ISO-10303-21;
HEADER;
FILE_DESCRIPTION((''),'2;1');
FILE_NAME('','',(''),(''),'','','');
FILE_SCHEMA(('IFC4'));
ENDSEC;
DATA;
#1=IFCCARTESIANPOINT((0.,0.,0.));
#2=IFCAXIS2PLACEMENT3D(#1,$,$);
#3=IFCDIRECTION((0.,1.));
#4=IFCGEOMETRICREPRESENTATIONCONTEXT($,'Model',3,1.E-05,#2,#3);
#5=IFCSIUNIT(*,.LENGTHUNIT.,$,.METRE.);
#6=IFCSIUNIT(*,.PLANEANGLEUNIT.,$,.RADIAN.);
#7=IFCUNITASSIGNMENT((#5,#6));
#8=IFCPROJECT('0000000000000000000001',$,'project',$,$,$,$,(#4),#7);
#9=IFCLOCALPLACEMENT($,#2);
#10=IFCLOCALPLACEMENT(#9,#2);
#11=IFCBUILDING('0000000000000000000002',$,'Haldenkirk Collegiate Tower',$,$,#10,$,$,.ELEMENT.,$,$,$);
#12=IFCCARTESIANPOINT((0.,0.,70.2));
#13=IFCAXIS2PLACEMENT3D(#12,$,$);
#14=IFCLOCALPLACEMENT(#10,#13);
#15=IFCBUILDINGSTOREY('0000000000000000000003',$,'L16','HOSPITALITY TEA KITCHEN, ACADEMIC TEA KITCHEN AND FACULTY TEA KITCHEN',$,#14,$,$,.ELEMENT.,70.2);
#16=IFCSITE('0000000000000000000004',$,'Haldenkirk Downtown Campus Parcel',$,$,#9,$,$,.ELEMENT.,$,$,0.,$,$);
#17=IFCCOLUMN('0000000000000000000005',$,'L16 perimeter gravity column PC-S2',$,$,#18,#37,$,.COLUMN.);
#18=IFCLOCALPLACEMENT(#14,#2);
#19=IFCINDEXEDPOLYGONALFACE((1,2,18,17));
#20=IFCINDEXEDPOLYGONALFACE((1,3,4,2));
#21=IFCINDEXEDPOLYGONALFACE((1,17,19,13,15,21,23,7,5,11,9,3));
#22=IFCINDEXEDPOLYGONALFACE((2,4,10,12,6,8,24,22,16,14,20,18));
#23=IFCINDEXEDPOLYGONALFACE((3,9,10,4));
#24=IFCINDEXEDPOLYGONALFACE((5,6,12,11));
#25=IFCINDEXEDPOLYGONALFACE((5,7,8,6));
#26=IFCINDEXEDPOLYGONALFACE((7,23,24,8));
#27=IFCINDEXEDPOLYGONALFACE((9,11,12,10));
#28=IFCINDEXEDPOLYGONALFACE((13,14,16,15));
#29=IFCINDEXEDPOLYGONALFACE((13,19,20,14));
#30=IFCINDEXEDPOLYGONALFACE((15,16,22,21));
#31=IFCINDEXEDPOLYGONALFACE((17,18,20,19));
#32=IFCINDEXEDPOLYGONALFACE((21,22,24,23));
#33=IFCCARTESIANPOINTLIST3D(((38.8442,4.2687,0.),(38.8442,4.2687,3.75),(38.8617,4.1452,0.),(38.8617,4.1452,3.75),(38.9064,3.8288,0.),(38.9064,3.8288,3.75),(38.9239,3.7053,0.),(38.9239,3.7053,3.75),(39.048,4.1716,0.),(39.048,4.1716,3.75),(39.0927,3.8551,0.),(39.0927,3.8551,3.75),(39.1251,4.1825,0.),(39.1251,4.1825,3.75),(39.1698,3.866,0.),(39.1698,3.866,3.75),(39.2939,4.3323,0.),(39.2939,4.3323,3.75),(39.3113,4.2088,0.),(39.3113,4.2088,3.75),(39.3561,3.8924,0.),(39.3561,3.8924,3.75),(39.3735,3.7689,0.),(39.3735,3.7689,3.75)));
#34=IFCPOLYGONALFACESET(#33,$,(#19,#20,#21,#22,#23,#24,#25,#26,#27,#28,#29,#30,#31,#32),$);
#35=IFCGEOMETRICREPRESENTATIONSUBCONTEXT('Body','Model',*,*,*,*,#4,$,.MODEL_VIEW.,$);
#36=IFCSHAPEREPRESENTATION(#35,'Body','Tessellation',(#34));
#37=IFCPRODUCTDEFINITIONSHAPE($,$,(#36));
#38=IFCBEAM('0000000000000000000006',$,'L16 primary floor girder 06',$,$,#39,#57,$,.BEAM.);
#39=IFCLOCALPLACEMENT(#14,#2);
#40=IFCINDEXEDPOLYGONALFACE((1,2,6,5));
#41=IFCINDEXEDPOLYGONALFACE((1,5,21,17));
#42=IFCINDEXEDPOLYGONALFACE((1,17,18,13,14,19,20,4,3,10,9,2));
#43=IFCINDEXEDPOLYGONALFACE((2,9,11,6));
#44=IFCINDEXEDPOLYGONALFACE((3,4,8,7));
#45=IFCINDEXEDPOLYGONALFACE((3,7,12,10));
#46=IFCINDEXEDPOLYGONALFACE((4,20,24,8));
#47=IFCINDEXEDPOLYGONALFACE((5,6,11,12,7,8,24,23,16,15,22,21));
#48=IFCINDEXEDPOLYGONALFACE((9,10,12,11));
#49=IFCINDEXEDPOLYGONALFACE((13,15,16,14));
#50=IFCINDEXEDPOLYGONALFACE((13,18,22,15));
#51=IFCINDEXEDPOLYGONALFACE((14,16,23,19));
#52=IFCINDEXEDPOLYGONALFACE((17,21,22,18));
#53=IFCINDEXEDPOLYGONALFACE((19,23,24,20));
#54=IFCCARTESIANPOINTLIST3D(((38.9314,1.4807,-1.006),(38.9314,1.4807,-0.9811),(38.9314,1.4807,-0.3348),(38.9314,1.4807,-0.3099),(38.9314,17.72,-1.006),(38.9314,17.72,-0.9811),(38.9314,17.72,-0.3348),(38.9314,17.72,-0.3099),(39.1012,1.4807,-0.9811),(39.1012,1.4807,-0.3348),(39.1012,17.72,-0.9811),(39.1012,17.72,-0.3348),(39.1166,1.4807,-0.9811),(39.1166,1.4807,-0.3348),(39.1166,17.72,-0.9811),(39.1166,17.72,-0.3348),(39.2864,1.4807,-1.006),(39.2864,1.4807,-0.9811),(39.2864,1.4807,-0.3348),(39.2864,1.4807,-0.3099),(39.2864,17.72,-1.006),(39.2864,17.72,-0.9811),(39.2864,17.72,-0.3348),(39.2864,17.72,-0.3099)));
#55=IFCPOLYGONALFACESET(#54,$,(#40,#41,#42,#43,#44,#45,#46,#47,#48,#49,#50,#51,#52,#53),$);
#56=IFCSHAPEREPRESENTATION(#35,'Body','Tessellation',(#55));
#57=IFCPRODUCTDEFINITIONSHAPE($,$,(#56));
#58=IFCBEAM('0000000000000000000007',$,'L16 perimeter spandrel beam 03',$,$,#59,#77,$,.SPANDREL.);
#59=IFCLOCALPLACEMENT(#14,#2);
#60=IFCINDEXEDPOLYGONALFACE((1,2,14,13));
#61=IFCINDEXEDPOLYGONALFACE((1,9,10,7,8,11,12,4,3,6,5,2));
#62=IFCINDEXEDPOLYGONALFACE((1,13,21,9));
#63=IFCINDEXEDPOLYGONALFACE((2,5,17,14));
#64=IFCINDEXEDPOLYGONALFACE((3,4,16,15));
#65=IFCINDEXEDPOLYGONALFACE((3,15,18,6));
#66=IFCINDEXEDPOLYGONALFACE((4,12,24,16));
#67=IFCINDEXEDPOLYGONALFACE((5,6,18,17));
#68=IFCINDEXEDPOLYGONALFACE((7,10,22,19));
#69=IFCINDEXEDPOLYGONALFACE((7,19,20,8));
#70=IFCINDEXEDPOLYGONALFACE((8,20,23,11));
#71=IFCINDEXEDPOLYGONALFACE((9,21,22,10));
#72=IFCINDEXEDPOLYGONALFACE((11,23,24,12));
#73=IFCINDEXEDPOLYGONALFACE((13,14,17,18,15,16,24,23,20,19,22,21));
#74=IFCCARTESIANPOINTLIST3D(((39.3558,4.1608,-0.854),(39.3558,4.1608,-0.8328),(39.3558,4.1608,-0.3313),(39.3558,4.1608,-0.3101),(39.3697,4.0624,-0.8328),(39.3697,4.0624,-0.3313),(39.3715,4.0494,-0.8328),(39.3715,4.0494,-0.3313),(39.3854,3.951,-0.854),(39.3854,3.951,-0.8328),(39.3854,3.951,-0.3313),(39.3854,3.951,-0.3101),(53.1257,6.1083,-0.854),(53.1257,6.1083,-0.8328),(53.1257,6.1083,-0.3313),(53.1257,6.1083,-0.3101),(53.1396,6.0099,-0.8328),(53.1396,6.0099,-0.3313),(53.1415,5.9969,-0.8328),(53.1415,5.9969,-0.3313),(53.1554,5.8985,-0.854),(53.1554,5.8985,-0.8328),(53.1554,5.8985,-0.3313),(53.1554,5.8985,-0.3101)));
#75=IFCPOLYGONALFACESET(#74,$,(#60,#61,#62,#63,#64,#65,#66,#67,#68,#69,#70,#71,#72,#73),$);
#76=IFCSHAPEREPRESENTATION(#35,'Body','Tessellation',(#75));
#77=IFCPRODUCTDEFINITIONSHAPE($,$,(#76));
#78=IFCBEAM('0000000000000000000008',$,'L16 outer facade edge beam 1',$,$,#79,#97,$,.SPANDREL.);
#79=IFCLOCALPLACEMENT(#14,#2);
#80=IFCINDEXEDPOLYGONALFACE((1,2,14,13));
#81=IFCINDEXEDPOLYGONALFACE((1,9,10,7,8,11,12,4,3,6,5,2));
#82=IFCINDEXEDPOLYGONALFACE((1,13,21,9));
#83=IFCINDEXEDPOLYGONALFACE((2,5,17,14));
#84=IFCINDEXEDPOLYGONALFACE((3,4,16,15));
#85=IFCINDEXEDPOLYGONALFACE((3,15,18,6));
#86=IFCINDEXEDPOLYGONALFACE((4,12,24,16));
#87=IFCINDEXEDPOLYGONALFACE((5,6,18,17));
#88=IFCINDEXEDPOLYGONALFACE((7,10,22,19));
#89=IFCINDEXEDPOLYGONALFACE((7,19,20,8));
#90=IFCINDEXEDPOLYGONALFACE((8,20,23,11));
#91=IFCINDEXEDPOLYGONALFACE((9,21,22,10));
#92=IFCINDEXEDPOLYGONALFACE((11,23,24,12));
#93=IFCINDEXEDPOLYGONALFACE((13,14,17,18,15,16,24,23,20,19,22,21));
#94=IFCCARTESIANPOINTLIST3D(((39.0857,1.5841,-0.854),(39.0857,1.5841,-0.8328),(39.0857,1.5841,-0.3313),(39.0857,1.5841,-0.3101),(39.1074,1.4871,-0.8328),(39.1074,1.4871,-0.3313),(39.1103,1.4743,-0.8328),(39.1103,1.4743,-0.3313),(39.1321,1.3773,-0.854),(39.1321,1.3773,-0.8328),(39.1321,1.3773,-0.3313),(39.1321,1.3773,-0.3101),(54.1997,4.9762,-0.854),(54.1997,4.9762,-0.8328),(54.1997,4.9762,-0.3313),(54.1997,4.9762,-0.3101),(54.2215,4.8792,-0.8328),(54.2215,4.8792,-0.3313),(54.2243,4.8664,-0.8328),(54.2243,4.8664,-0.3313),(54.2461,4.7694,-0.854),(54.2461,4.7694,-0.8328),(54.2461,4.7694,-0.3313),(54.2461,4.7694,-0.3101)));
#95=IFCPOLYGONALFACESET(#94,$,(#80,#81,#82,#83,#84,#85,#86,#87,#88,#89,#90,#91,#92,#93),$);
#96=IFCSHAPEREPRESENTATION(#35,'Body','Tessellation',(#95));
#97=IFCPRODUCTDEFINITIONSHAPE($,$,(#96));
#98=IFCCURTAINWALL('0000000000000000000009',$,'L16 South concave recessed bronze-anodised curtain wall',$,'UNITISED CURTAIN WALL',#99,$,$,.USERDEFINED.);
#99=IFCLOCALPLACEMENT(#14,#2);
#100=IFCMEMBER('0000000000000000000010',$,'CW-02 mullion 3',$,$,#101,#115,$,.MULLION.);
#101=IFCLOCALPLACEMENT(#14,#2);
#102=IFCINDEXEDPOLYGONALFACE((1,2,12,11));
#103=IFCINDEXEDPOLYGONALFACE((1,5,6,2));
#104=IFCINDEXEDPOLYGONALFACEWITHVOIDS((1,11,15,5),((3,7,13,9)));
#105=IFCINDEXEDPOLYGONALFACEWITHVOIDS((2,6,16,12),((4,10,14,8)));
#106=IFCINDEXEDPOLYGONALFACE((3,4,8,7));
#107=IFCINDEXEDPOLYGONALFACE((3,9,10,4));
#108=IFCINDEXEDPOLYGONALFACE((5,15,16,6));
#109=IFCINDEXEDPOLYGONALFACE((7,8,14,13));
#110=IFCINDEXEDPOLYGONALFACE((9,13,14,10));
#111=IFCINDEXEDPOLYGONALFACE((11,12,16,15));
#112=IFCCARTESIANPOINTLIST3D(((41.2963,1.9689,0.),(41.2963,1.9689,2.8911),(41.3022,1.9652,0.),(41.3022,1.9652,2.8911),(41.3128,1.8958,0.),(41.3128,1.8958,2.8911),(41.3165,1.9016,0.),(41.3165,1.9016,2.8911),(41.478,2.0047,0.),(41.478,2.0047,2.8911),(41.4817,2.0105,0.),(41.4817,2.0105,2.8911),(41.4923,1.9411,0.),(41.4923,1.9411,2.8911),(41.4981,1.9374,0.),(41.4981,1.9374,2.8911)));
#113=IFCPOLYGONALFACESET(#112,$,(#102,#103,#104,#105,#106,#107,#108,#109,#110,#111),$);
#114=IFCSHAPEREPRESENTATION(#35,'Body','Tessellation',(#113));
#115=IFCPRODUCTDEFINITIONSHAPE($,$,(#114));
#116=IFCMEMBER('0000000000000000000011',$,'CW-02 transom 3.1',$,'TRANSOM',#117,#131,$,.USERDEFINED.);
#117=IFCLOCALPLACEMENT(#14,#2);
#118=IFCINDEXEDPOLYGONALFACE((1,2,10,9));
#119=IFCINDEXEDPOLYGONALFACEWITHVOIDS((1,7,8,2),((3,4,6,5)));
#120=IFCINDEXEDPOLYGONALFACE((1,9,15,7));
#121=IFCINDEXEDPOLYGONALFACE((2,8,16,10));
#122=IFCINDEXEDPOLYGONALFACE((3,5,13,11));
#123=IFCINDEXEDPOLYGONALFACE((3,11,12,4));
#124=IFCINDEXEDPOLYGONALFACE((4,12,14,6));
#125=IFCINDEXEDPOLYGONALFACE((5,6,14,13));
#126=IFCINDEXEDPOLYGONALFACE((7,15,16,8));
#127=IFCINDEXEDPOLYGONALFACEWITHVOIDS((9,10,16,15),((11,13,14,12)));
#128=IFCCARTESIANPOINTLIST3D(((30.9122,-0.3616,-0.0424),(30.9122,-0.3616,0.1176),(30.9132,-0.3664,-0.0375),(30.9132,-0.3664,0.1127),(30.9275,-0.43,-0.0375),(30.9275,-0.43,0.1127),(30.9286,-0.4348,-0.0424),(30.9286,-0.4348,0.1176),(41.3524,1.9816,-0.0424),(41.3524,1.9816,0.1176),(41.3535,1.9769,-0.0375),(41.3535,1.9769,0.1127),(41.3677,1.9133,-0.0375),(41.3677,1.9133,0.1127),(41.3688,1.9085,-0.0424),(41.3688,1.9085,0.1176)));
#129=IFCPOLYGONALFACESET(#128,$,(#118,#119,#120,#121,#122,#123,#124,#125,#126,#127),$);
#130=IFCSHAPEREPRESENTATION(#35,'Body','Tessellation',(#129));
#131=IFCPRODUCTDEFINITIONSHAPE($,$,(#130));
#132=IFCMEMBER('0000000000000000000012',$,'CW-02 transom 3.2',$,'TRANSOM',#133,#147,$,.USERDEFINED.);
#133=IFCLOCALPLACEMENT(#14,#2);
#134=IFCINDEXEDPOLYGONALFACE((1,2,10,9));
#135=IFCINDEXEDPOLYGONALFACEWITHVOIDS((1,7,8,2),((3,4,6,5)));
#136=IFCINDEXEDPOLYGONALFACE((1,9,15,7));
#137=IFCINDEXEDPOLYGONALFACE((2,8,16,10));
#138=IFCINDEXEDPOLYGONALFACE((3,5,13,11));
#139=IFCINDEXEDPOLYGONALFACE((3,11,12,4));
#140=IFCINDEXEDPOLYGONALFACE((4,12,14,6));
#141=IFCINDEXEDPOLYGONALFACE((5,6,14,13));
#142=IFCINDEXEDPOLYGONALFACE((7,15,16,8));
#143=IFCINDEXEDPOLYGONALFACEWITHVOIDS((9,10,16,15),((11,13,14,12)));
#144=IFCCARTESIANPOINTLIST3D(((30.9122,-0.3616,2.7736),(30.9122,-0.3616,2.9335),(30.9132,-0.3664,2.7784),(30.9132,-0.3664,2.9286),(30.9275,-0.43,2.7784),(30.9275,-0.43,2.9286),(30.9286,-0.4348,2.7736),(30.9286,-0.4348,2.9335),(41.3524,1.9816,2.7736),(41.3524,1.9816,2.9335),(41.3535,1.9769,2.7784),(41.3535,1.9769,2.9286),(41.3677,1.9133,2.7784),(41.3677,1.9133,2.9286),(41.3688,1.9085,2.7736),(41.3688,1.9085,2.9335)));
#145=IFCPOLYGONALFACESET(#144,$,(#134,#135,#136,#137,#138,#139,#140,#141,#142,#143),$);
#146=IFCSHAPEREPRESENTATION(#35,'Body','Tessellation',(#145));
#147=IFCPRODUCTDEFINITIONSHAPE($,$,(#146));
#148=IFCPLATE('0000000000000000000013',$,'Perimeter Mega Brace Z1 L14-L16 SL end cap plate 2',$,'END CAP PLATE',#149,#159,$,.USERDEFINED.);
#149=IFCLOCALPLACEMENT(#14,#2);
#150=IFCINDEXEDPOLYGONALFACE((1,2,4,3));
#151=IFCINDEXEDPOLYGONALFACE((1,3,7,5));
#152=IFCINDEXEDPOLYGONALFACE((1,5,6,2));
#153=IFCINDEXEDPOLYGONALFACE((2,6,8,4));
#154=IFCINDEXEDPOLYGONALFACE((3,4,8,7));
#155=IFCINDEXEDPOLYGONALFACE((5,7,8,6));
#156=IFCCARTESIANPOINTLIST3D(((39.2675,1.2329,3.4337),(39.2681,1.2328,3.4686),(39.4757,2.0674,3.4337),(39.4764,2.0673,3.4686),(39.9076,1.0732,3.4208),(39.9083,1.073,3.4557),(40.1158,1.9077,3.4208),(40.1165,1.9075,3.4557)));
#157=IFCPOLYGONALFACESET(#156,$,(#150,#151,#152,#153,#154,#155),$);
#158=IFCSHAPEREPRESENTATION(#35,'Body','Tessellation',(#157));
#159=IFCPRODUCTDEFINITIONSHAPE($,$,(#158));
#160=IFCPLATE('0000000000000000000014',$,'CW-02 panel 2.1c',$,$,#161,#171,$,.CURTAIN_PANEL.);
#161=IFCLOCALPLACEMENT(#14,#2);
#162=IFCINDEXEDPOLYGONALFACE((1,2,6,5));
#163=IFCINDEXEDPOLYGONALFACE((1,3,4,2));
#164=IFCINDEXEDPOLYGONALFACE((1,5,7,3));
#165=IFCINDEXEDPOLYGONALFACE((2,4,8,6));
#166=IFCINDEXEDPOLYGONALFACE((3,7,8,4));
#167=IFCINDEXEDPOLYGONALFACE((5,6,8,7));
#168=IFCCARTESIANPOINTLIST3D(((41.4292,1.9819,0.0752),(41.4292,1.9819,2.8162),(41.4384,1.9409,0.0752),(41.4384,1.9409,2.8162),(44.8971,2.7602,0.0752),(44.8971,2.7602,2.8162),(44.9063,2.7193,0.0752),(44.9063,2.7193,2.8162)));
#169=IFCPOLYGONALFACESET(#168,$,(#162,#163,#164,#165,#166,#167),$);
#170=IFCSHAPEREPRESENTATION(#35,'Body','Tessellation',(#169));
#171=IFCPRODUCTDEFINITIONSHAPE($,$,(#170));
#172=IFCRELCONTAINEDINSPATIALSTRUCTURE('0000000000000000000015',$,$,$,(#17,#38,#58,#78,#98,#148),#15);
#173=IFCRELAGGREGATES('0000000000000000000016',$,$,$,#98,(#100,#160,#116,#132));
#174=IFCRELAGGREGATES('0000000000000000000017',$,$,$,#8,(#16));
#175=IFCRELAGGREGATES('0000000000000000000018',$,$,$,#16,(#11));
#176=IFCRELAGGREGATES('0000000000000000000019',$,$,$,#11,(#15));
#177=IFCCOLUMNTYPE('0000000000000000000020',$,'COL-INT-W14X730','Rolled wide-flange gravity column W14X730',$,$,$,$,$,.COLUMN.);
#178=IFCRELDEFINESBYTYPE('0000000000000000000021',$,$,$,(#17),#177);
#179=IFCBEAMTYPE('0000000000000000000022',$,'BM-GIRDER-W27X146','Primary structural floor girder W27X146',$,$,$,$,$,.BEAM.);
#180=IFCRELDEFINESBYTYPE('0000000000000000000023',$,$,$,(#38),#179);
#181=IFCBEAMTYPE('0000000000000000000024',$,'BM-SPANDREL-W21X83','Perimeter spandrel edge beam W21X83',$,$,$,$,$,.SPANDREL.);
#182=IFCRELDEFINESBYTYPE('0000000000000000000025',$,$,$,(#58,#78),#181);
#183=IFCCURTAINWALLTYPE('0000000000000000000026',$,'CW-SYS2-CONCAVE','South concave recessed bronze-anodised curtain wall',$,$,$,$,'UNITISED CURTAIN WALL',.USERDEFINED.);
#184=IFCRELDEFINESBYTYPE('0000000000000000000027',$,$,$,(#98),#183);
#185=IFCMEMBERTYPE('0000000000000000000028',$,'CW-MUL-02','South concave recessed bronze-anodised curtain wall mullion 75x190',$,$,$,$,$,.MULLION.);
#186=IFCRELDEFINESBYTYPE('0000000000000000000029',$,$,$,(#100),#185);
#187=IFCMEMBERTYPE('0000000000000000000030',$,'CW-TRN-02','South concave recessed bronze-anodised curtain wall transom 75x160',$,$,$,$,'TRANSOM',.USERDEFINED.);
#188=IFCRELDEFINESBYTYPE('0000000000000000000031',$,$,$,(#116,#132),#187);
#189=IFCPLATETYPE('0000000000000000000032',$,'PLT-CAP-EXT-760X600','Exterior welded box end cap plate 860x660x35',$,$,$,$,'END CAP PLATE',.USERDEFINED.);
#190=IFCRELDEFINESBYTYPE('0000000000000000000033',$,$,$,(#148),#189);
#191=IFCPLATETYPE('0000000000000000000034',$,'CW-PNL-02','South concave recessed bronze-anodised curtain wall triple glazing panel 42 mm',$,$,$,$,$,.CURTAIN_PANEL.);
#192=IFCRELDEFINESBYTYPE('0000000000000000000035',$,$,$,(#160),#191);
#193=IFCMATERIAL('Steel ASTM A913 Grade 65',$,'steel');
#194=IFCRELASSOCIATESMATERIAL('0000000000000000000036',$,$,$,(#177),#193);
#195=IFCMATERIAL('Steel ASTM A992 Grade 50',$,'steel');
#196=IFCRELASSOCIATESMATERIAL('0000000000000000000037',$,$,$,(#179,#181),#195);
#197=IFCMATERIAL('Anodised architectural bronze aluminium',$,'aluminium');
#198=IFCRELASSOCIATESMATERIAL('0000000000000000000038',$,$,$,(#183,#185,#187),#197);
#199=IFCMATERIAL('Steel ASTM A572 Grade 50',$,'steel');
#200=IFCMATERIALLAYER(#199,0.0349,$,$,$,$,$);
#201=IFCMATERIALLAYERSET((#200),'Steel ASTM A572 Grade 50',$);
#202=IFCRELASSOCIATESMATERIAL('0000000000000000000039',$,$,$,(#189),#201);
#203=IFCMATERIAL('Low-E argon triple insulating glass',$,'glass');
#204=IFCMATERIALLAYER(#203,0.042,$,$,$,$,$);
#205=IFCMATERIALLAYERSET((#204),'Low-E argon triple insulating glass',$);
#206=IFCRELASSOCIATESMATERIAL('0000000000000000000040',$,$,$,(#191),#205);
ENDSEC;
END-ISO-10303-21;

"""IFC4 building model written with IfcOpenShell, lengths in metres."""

from ifc_helpers import new_model, si_unit, direction, frame, origin, origin_2d, place, context, subcontext, project, spatial, rectangle, hollow_rectangle, i_section, extrude, source, transform, mapped, material, layer, layer_set, material_profile, profile_set, type_object, element, aggregate, save


model = new_model("IFC4")

# Units and contexts
model_context = context("Model", 3, precision=1e-05, world=origin(), true_north=direction((0.0, 1.0)))
body_context = subcontext(model_context, "Body", "Model", "MODEL_VIEW")
ifc_project = project(units=[si_unit("LENGTHUNIT", "METRE"), si_unit("PLANEANGLEUNIT", "RADIAN")], contexts=[model_context])

# Site, building, storey
site_placement = place(None, origin())
site = spatial("IfcSite", under=ifc_project, at=site_placement, Name="Haldenkirk Downtown Campus Parcel", CompositionType="ELEMENT", RefElevation=0.0)
building_placement = place(site_placement, origin())
building = spatial("IfcBuilding", under=site, at=building_placement, Name="Haldenkirk Collegiate Tower", CompositionType="ELEMENT")
storey_placement = place(building_placement, frame((0.0, 0.0, 70.2)))
storey = spatial("IfcBuildingStorey", under=building, at=storey_placement, Name="L16", Description="HOSPITALITY TEA KITCHEN, ACADEMIC TEA KITCHEN AND FACULTY TEA KITCHEN", CompositionType="ELEMENT", Elevation=70.2)

# Column
ifc_material_1 = material(Name="Steel ASTM A913 Grade 65", Category="steel")
ifc_material_profile_1 = material_profile(ifc_material_1, i_section(OverallWidth=0.4541, OverallDepth=0.5691, WebThickness=0.0779, FlangeThickness=0.1248, at=origin_2d()), Name="W14X730")
ifc_profile_set_1 = profile_set([ifc_material_profile_1], Name="Steel ASTM A913 Grade 65")
column_type = type_object("IfcColumnType", Name="COL-INT-W14X730", Description="Rolled wide-flange gravity column W14X730", PredefinedType="COLUMN", material=ifc_profile_set_1)
column_placement = place(storey_placement, frame((39.1089, 4.0188, 0.0), z_axis=(0.0, 0.0, 1.0), x_axis=(0.990146, 0.140037, 0.0)))
element("IfcColumn", 1, at=column_placement, inside=storey, type_object=column_type, Name="L16 perimeter gravity column PC-S2", PredefinedType="COLUMN", context=body_context, shape_type="SweptSolid", body=[
    extrude(i_section(OverallWidth=0.4541, OverallDepth=0.5691, WebThickness=0.0779, FlangeThickness=0.1248, at=origin_2d()), origin(), (0.0, 0.0, 1.0), 3.75),
])

# Beams
ifc_material_2 = material(Name="Steel ASTM A992 Grade 50", Category="steel")
ifc_material_profile_2 = material_profile(ifc_material_2, i_section(OverallWidth=0.355, OverallDepth=0.696, WebThickness=0.0154, FlangeThickness=0.0249, at=origin_2d()), Name="W27X146")
ifc_profile_set_2 = profile_set([ifc_material_profile_2], Name="Steel ASTM A992 Grade 50")
beam_type_1 = type_object("IfcBeamType", Name="BM-GIRDER-W27X146", Description="Primary structural floor girder W27X146", PredefinedType="BEAM", material=ifc_profile_set_2)
beam_1_placement = place(storey_placement, frame((39.1089, 1.4807, -0.658), z_axis=(0.0, 1.0, 0.0), x_axis=(-1.0, 0.0, 0.0)))
element("IfcBeam", 2, at=beam_1_placement, inside=storey, type_object=beam_type_1, Name="L16 primary floor girder 06", PredefinedType="BEAM", context=body_context, shape_type="SweptSolid", body=[
    extrude(i_section(OverallWidth=0.355, OverallDepth=0.696, WebThickness=0.0154, FlangeThickness=0.0249, at=origin_2d()), origin(), (0.0, 0.0, 1.0), 16.2393),
])
ifc_material_profile_3 = material_profile(ifc_material_2, i_section(OverallWidth=0.2119, OverallDepth=0.5439, WebThickness=0.0132, FlangeThickness=0.0212, at=origin_2d()), Name="W21X83")
ifc_profile_set_3 = profile_set([ifc_material_profile_3], Name="Steel ASTM A992 Grade 50")
beam_type_2 = type_object("IfcBeamType", Name="BM-SPANDREL-W21X83", Description="Perimeter spandrel edge beam W21X83", PredefinedType="SPANDREL", material=ifc_profile_set_3)
beam_2_placement = place(storey_placement, frame((39.3706, 4.0559, -0.582), z_axis=(0.990146, 0.140038, 0.0), x_axis=(-0.140038, 0.990146, 0.0)))
element("IfcBeam", 3, at=beam_2_placement, inside=storey, type_object=beam_type_2, Name="L16 perimeter spandrel beam 03", PredefinedType="SPANDREL", context=body_context, shape_type="SweptSolid", body=[
    extrude(i_section(OverallWidth=0.2119, OverallDepth=0.5439, WebThickness=0.0132, FlangeThickness=0.0212, at=origin_2d()), origin(), (0.0, 0.0, 1.0), 13.907),
])
beam_3_placement = place(storey_placement, frame((39.1089, 1.4807, -0.582), z_axis=(0.975728, 0.218986, 0.0), x_axis=(-0.218986, 0.975728, 0.0)))
element("IfcBeam", 4, at=beam_3_placement, inside=storey, type_object=beam_type_2, Name="L16 outer facade edge beam 1", PredefinedType="SPANDREL", context=body_context, shape_type="SweptSolid", body=[
    extrude(i_section(OverallWidth=0.2119, OverallDepth=0.5439, WebThickness=0.0132, FlangeThickness=0.0212, at=origin_2d()), origin(), (0.0, 0.0, 1.0), 15.49),
])

# Curtain wall, members
ifc_material_3 = material(Name="Anodised architectural bronze aluminium", Category="aluminium")
curtain_wall_type = type_object("IfcCurtainWallType", Name="CW-SYS2-CONCAVE", Description="South concave recessed bronze-anodised curtain wall", ElementType="UNITISED CURTAIN WALL", PredefinedType="USERDEFINED", material=ifc_material_3)
curtain_wall_placement = place(storey_placement, origin())
curtain_wall = element("IfcCurtainWall", 5, at=curtain_wall_placement, inside=storey, type_object=curtain_wall_type, Name="L16 South concave recessed bronze-anodised curtain wall", ObjectType="UNITISED CURTAIN WALL", PredefinedType="USERDEFINED")
ifc_material_profile_4 = material_profile(ifc_material_3, hollow_rectangle(XDim=0.075, YDim=0.1899, WallThickness=0.0049, at=origin_2d()), Name="CW-MUL-02")
ifc_profile_set_4 = profile_set([ifc_material_profile_4], Name="Anodised architectural bronze aluminium")
member_type_1 = type_object("IfcMemberType", Name="CW-MUL-02", Description="South concave recessed bronze-anodised curtain wall mullion 75x190", PredefinedType="MULLION", material=ifc_profile_set_4)
member_1_placement = place(storey_placement, frame((41.3972, 1.9531, 0.0), z_axis=(0.0, 0.0, 1.0), x_axis=(0.218994, -0.975726, 0.0)))
member_1 = element("IfcMember", 6, at=member_1_placement, type_object=member_type_1, Name="CW-02 mullion 3", PredefinedType="MULLION", context=body_context, shape_type="SweptSolid", body=[
    extrude(hollow_rectangle(XDim=0.075, YDim=0.1899, WallThickness=0.0049, at=origin_2d()), origin(), (0.0, 0.0, 1.0), 2.8911),
])
ifc_material_profile_5 = material_profile(ifc_material_3, hollow_rectangle(XDim=0.075, YDim=0.1599, WallThickness=0.0049, at=origin_2d()), Name="CW-TRN-02")
ifc_profile_set_5 = profile_set([ifc_material_profile_5], Name="Anodised architectural bronze aluminium")
member_type_2 = type_object("IfcMemberType", Name="CW-TRN-02", Description="South concave recessed bronze-anodised curtain wall transom 75x160", ElementType="TRANSOM", PredefinedType="USERDEFINED", material=ifc_profile_set_5)
member_2_placement = place(storey_placement, frame((41.3606, 1.9451, 0.0376), z_axis=(-0.975725, -0.218998, 0.0), x_axis=(0.218998, -0.975725, 0.0)))
member_2 = element("IfcMember", 7, at=member_2_placement, type_object=member_type_2, Name="CW-02 transom 3.1", ObjectType="TRANSOM", PredefinedType="USERDEFINED", context=body_context, shape_type="SweptSolid", body=[
    extrude(hollow_rectangle(XDim=0.075, YDim=0.1599, WallThickness=0.0049, at=origin_2d()), origin(), (0.0, 0.0, 1.0), 10.7),
])
member_3_placement = place(storey_placement, frame((41.3606, 1.9451, 2.8535), z_axis=(-0.975725, -0.218998, 0.0), x_axis=(0.218998, -0.975725, 0.0)))
member_3 = element("IfcMember", 8, at=member_3_placement, type_object=member_type_2, Name="CW-02 transom 3.2", ObjectType="TRANSOM", PredefinedType="USERDEFINED", context=body_context, shape_type="SweptSolid", body=[
    extrude(hollow_rectangle(XDim=0.075, YDim=0.1599, WallThickness=0.0049, at=origin_2d()), origin(), (0.0, 0.0, 1.0), 10.7),
])

# Plates
ifc_material_4 = material(Name="Steel ASTM A572 Grade 50", Category="steel")
ifc_layer_1 = layer(ifc_material_4, 0.0349)
ifc_layer_set_1 = layer_set([ifc_layer_1], Name="Steel ASTM A572 Grade 50")
plate_type_1 = type_object("IfcPlateType", Name="PLT-CAP-EXT-760X600", Description="Exterior welded box end cap plate 860x660x35", ElementType="END CAP PLATE", PredefinedType="USERDEFINED", material=ifc_layer_set_1)
shared_shape_1 = source(origin(), body_context, "Body", "SweptSolid", [
    extrude(rectangle(XDim=0.8601, YDim=0.6599, at=origin_2d()), origin(), (0.0, 0.0, 1.0), 0.0349),
])
plate_1_placement = place(storey_placement, frame((39.6917, 1.5703, 3.4272), z_axis=(0.018912, -0.004719, 0.99981), x_axis=(0.242106, 0.97025, 0.0)))
element("IfcPlate", 9, at=plate_1_placement, inside=storey, type_object=plate_type_1, Name="Perimeter Mega Brace Z1 L14-L16 SL end cap plate 2", ObjectType="END CAP PLATE", PredefinedType="USERDEFINED", context=body_context, shape_type="MappedRepresentation", body=[
    mapped(shared_shape_1, transform((0.0, 0.0, 0.0), x_axis=(1.0, 0.0, 0.0), y_axis=(0.0, 1.0, 0.0), z_axis=(0.0, 0.0, 1.0), scale=1.0)),
])
ifc_material_5 = material(Name="Low-E argon triple insulating glass", Category="glass")
ifc_layer_2 = layer(ifc_material_5, 0.042)
ifc_layer_set_2 = layer_set([ifc_layer_2], Name="Low-E argon triple insulating glass")
plate_type_2 = type_object("IfcPlateType", Name="CW-PNL-02", Description="South concave recessed bronze-anodised curtain wall triple glazing panel 42 mm", PredefinedType="CURTAIN_PANEL", material=ifc_layer_set_2)
shared_shape_2 = source(origin(), body_context, "Body", "SweptSolid", [
    extrude(rectangle(XDim=3.5542, YDim=0.042, at=origin_2d()), origin(), (0.0, 0.0, 1.0), 2.741),
])
plate_2_placement = place(storey_placement, frame((43.1677, 2.3506, 0.0752), z_axis=(0.0, 0.0, 1.0), x_axis=(-0.975726, -0.218994, 0.0)))
plate_2 = element("IfcPlate", 10, at=plate_2_placement, type_object=plate_type_2, Name="CW-02 panel 2.1c", PredefinedType="CURTAIN_PANEL", context=body_context, shape_type="MappedRepresentation", body=[
    mapped(shared_shape_2, transform((0.0, 0.0, 0.0), x_axis=(1.0, 0.0, 0.0), y_axis=(0.0, 1.0, 0.0), z_axis=(0.0, 0.0, 1.0), scale=1.0)),
])
aggregate(curtain_wall, [member_1, plate_2, member_2, member_3])

save(model, "model.ifc")
